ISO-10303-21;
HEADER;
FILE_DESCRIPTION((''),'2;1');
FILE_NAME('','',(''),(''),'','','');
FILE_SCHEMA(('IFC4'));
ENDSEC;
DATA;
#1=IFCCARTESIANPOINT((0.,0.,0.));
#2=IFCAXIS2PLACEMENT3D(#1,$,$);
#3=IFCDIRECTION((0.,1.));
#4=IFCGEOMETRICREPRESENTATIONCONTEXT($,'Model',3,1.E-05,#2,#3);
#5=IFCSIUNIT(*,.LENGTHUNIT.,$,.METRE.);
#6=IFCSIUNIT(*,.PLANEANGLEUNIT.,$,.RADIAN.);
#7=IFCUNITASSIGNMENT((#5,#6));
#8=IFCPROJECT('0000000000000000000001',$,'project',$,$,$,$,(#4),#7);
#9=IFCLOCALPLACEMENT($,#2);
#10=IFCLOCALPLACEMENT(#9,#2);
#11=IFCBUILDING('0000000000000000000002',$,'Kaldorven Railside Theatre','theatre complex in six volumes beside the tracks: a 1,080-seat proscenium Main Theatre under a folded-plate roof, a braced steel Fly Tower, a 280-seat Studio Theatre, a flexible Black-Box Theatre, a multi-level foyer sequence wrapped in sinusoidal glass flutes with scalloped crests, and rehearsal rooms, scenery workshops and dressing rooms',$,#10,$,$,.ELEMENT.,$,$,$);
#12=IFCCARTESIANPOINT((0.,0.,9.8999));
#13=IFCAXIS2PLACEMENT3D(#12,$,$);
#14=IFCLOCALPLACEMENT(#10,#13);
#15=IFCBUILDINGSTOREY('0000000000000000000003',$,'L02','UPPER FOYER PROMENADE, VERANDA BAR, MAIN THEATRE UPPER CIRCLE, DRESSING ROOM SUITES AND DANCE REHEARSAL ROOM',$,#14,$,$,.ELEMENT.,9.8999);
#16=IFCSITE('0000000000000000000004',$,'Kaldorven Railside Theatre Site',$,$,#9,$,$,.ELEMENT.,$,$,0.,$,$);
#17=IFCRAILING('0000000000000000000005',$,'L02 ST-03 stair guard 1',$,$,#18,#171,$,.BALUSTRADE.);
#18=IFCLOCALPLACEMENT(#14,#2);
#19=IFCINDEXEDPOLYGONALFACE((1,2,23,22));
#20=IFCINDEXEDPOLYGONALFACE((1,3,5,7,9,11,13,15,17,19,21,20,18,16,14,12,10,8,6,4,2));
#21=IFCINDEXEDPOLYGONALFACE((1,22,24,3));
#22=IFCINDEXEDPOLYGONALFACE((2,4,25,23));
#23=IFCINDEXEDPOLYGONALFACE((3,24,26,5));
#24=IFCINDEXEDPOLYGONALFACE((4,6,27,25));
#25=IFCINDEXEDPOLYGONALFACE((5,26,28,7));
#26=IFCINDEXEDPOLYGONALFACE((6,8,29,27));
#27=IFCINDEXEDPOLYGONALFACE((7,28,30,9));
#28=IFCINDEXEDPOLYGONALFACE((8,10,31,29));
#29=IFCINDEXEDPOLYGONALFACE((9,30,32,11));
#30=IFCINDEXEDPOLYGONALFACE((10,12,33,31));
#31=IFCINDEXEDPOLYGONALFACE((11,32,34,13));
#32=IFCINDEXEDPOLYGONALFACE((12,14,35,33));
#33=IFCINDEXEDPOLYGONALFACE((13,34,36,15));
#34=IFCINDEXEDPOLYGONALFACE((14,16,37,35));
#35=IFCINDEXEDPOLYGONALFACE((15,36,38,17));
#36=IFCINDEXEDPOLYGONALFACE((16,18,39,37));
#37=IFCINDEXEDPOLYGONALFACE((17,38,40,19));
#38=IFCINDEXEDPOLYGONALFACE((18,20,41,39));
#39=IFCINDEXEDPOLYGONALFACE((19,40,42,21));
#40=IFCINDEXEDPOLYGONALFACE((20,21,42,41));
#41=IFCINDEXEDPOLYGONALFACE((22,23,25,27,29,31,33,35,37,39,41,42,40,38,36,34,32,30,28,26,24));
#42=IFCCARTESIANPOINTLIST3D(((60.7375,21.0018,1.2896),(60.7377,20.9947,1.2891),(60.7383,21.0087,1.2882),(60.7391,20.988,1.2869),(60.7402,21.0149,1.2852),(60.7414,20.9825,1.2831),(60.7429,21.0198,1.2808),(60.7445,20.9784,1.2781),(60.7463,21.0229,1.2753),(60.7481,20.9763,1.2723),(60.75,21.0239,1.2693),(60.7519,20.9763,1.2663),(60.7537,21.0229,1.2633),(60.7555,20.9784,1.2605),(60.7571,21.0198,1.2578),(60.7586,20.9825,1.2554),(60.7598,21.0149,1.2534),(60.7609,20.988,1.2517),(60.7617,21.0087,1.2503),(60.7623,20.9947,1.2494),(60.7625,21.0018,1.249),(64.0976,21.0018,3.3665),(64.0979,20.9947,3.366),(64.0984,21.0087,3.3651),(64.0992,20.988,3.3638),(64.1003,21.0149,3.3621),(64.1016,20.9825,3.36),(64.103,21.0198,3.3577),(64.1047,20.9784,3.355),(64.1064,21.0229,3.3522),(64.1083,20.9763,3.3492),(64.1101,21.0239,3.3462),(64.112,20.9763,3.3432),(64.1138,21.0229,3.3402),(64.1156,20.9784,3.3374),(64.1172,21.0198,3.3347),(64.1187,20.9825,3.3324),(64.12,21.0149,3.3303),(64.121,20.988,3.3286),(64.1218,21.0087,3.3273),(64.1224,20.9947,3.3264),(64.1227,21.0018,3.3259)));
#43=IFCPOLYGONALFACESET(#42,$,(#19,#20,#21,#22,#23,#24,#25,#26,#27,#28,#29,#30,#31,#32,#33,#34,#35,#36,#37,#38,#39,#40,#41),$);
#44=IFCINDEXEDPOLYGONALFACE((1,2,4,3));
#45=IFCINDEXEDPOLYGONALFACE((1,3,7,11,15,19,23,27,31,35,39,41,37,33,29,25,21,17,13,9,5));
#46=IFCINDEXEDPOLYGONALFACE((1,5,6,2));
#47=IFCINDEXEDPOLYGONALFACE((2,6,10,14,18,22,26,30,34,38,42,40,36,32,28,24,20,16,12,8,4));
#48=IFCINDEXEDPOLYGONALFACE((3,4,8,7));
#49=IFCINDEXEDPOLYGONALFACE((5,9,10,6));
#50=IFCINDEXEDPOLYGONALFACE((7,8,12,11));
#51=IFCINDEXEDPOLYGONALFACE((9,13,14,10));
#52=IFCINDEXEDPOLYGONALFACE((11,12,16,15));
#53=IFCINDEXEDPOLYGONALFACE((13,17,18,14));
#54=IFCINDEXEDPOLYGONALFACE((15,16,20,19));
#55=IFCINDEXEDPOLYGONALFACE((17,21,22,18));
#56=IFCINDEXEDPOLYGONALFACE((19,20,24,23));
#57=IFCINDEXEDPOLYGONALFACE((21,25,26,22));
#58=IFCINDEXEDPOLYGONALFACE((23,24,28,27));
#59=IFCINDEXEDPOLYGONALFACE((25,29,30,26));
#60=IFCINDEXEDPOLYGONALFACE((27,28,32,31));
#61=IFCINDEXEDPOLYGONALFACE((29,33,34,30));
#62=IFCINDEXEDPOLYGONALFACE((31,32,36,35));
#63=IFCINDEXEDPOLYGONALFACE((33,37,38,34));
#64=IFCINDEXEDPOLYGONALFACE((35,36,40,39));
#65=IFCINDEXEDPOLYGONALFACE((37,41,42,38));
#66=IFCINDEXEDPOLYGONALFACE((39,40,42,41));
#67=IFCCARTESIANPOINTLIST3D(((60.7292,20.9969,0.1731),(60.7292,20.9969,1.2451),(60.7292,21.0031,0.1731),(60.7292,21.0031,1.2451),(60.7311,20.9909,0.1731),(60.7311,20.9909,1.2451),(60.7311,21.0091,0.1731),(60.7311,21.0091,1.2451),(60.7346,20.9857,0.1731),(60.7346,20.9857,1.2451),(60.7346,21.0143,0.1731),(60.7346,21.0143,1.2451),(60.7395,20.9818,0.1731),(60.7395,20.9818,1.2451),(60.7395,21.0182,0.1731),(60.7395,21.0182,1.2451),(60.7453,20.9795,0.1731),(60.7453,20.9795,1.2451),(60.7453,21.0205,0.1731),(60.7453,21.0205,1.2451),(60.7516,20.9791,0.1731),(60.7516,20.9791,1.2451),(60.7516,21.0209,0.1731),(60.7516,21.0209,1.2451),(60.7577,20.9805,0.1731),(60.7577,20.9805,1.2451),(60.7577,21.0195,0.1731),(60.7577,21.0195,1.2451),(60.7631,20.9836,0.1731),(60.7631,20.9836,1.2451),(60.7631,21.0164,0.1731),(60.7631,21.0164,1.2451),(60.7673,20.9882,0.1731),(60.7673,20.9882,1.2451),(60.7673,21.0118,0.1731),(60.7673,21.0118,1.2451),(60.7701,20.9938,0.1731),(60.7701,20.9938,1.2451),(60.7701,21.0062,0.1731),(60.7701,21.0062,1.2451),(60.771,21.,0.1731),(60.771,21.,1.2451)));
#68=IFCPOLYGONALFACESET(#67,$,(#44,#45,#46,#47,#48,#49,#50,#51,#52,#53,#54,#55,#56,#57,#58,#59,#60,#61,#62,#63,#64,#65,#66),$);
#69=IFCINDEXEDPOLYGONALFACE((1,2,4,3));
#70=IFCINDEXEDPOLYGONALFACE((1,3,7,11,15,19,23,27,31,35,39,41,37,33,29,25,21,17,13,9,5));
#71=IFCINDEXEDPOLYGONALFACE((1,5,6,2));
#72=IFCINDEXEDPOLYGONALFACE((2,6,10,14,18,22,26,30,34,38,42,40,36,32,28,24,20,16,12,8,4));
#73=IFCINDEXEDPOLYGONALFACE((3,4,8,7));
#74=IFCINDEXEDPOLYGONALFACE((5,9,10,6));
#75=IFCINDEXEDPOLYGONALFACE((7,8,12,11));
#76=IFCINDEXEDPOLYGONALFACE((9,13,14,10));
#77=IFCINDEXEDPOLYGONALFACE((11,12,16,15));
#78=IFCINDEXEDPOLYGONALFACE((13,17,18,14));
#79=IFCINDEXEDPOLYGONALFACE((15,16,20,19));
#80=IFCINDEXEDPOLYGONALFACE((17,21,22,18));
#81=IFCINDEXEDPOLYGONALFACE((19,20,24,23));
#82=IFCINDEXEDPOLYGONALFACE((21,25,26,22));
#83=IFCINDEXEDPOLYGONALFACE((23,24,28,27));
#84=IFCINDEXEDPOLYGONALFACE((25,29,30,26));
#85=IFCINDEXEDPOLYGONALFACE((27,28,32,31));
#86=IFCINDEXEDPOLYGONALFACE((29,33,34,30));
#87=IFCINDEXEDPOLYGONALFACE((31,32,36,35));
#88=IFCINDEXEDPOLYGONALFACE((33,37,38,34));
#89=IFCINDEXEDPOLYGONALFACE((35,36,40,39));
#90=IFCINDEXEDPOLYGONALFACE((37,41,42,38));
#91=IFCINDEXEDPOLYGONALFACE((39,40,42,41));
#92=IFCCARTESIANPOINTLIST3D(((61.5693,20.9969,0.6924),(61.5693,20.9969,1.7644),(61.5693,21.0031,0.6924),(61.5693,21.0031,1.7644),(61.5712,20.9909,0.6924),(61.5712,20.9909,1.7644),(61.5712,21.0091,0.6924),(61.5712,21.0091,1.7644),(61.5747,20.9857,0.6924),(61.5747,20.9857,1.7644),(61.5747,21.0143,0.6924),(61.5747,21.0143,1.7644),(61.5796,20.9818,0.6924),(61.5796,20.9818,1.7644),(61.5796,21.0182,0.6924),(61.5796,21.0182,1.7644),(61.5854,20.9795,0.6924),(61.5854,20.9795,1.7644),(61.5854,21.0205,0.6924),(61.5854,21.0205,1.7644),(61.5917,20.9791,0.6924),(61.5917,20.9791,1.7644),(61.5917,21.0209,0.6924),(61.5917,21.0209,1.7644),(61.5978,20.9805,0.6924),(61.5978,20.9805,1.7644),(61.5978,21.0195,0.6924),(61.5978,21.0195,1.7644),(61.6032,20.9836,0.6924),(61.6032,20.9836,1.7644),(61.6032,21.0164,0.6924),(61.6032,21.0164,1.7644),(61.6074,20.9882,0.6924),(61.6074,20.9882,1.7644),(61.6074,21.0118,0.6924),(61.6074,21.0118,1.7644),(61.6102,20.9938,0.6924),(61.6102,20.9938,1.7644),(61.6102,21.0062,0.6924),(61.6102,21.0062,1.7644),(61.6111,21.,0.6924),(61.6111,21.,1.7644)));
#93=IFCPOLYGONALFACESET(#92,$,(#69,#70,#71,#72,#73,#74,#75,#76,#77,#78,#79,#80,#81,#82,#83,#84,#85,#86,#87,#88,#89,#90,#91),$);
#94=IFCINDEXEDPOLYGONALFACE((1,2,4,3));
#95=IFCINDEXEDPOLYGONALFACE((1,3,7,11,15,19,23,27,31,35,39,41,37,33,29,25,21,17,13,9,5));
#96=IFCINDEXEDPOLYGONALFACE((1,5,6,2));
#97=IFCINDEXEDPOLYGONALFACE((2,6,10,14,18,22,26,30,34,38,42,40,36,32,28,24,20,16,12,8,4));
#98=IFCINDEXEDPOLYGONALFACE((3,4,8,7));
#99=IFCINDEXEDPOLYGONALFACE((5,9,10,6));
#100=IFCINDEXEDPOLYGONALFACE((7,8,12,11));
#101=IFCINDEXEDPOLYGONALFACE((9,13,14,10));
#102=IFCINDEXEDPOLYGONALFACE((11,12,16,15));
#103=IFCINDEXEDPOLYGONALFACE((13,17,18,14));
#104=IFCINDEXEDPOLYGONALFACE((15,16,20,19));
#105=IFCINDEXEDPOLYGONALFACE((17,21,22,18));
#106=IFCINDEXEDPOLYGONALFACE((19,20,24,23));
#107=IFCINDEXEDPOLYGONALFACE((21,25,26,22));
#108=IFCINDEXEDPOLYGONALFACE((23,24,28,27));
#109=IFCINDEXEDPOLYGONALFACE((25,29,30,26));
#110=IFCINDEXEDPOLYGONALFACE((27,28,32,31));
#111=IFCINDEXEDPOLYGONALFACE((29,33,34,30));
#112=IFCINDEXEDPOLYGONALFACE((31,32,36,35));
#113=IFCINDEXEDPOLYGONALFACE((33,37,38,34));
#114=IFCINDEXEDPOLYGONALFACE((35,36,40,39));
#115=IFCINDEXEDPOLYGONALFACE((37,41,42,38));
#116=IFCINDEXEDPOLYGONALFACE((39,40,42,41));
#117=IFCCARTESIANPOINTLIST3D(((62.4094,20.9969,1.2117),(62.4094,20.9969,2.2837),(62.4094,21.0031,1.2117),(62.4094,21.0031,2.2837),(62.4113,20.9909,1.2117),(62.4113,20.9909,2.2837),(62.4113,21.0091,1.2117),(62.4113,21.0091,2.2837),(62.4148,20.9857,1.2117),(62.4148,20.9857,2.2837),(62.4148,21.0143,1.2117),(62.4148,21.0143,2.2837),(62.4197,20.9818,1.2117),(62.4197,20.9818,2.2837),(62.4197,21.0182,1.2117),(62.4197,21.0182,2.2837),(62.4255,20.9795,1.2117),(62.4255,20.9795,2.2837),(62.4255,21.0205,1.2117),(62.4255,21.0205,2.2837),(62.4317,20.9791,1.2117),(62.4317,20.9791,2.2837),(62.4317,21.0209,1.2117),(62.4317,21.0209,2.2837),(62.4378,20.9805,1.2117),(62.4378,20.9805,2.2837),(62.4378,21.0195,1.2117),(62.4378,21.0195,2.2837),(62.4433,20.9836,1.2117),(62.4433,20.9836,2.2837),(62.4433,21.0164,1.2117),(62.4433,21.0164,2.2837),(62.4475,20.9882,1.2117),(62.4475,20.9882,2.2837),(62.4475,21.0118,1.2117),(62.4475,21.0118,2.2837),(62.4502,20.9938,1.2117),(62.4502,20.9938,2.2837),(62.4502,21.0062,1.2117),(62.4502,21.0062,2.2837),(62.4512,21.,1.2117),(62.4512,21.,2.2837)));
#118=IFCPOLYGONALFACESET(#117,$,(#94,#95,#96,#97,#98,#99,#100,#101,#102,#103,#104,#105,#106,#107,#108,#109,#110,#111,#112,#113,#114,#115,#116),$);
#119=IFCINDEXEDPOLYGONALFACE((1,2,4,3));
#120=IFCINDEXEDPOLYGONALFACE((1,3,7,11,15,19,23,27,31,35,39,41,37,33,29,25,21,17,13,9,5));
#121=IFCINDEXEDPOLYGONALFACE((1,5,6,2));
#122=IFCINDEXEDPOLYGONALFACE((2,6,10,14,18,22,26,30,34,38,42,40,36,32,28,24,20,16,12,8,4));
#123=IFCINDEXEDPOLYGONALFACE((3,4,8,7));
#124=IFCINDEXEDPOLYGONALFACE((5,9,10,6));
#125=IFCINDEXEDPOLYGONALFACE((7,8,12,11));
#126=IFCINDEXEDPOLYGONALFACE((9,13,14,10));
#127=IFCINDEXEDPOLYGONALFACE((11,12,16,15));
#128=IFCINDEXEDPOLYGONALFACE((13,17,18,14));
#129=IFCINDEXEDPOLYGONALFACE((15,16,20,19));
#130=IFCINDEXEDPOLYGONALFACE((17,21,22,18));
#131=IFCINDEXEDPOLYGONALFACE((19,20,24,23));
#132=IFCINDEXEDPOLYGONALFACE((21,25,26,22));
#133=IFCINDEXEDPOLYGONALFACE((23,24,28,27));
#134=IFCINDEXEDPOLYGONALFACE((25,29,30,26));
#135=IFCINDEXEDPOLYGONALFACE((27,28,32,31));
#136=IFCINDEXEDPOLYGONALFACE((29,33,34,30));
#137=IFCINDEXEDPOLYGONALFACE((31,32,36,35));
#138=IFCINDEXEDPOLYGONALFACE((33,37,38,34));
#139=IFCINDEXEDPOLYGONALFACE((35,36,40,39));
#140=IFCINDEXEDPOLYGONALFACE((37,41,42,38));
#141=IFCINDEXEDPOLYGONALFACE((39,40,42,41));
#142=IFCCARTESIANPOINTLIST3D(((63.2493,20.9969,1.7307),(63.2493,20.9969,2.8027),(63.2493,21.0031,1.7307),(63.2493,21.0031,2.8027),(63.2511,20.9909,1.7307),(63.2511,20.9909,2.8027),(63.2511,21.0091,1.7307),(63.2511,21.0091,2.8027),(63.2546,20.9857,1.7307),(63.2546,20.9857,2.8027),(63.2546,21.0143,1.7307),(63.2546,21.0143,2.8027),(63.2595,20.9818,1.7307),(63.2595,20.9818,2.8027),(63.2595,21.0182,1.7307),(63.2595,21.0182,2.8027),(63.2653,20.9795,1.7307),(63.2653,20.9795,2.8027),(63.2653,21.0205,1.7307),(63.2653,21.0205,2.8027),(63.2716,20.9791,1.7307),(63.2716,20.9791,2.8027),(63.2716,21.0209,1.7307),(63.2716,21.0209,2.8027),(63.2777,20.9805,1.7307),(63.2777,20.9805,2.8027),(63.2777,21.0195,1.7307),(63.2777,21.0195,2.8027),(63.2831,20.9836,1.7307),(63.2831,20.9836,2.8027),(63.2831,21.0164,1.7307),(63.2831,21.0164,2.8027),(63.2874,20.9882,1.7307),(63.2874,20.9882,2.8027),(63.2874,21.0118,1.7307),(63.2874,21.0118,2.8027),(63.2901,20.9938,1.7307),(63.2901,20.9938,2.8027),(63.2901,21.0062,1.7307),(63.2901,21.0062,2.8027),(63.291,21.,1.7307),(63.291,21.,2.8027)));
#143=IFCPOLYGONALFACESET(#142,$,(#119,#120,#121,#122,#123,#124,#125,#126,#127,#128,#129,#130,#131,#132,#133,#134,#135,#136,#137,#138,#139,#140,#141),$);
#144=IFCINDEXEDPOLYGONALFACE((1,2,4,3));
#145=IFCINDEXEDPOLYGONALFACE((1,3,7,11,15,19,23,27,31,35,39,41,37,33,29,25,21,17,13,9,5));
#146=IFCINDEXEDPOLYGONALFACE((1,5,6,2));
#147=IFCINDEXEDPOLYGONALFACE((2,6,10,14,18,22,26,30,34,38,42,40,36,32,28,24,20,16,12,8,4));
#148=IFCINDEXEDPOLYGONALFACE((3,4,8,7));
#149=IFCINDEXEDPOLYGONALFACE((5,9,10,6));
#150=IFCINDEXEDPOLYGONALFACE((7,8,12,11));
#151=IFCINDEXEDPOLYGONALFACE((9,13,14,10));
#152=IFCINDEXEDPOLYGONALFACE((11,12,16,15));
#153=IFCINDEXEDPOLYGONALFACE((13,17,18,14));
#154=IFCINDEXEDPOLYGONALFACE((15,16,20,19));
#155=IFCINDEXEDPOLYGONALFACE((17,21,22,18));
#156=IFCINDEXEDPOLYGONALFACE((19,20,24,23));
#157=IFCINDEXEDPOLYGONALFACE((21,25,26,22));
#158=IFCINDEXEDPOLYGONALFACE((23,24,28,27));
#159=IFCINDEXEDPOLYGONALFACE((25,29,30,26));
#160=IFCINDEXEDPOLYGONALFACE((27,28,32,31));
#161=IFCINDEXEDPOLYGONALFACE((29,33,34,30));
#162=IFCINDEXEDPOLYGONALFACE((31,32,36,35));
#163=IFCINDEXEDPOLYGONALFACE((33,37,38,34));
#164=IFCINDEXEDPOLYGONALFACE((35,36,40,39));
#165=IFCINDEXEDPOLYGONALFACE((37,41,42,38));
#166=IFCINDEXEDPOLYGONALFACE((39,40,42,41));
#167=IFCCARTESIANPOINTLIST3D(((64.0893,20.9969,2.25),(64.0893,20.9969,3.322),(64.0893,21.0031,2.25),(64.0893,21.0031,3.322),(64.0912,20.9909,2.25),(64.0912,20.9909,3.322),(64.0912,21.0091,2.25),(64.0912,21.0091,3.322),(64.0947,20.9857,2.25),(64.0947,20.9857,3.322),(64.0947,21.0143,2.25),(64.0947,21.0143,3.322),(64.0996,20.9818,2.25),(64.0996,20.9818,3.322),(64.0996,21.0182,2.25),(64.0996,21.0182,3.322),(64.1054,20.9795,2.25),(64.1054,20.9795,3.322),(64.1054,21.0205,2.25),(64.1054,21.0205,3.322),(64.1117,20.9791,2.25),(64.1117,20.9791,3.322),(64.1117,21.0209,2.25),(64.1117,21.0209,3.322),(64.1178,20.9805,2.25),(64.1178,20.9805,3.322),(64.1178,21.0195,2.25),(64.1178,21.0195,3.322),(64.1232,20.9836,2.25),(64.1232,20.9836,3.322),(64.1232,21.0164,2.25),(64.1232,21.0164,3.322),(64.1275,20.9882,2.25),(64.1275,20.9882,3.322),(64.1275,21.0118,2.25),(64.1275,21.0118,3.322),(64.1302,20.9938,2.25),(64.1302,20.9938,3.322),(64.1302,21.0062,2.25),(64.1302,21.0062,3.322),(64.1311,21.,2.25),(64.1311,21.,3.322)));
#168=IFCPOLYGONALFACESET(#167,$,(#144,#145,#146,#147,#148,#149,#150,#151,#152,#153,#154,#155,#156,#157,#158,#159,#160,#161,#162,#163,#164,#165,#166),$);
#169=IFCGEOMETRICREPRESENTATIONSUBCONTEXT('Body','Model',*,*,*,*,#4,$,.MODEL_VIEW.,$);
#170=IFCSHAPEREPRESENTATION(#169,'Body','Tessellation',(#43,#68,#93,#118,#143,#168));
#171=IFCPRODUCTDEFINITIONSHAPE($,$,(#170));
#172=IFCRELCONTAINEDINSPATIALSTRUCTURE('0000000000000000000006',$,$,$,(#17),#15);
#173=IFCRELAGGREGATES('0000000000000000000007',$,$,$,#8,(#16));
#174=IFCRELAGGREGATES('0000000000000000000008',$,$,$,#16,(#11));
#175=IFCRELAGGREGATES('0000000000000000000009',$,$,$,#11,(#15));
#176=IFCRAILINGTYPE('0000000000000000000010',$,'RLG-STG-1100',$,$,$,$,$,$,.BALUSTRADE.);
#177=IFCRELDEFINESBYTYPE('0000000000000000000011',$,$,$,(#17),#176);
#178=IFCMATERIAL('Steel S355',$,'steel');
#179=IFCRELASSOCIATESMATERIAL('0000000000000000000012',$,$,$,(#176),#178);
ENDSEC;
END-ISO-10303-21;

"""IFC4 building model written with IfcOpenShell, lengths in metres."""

from ifc_helpers import new_model, si_unit, direction, frame, origin, origin_2d, place, context, subcontext, project, spatial, circle, extrude, material, type_object, element, save


model = new_model("IFC4")

# Units and contexts
model_context = context("Model", 3, precision=1e-05, world=origin(), true_north=direction((0.0, 1.0)))
body_context = subcontext(model_context, "Body", "Model", "MODEL_VIEW")
ifc_project = project(units=[si_unit("LENGTHUNIT", "METRE"), si_unit("PLANEANGLEUNIT", "RADIAN")], contexts=[model_context])

# Site, building, storey
site_placement = place(None, origin())
site = spatial("IfcSite", under=ifc_project, at=site_placement, Name="Kaldorven Railside Theatre Site", CompositionType="ELEMENT", RefElevation=0.0)
building_placement = place(site_placement, origin())
building = spatial("IfcBuilding", under=site, at=building_placement, Name="Kaldorven Railside Theatre", Description="theatre complex in six volumes beside the tracks: a 1,080-seat proscenium Main Theatre under a folded-plate roof, a braced steel Fly Tower, a 280-seat Studio Theatre, a flexible Black-Box Theatre, a multi-level foyer sequence wrapped in sinusoidal glass flutes with scalloped crests, and rehearsal rooms, scenery workshops and dressing rooms", CompositionType="ELEMENT")
storey_placement = place(building_placement, frame((0.0, 0.0, 9.8999)))
storey = spatial("IfcBuildingStorey", under=building, at=storey_placement, Name="L02", Description="UPPER FOYER PROMENADE, VERANDA BAR, MAIN THEATRE UPPER CIRCLE, DRESSING ROOM SUITES AND DANCE REHEARSAL ROOM", CompositionType="ELEMENT", Elevation=9.8999)

# Shared definitions
ifc_material_1 = material(Name="Steel S355", Category="steel")

# Railing
railing_type_1 = type_object("IfcRailingType", Name="RLG-STG-1100", PredefinedType="BALUSTRADE", material=ifc_material_1)
railing_1_placement = place(storey_placement, frame((60.75, 21.0, 0.1731)))
element("IfcRailing", 1, at=railing_1_placement, inside=storey, type_object=railing_type_1, Name="L02 ST-03 stair guard 1", PredefinedType="BALUSTRADE", context=body_context, shape_type="SweptSolid", body=[
    extrude(circle(Radius=0.0239, at=origin_2d()), frame((0.0, 0.0, 1.0962), z_axis=(0.850623, 0.0, 0.525776), x_axis=(0.0, 1.0, 0.0)), (0.0, 0.0, 1.0), 3.9502),
    extrude(circle(Radius=0.021, at=origin_2d()), origin(), (0.0, 0.0, 1.0), 1.072),
    extrude(circle(Radius=0.021, at=origin_2d()), frame((0.8401, 0.0, 0.5193)), (0.0, 0.0, 1.0), 1.072),
    extrude(circle(Radius=0.021, at=origin_2d()), frame((1.6802, 0.0, 1.0386)), (0.0, 0.0, 1.0), 1.072),
    extrude(circle(Radius=0.021, at=origin_2d()), frame((2.52, 0.0, 1.5576)), (0.0, 0.0, 1.0), 1.072),
    extrude(circle(Radius=0.021, at=origin_2d()), frame((3.3601, 0.0, 2.0769)), (0.0, 0.0, 1.0), 1.072),
])

save(model, "model.ifc")
